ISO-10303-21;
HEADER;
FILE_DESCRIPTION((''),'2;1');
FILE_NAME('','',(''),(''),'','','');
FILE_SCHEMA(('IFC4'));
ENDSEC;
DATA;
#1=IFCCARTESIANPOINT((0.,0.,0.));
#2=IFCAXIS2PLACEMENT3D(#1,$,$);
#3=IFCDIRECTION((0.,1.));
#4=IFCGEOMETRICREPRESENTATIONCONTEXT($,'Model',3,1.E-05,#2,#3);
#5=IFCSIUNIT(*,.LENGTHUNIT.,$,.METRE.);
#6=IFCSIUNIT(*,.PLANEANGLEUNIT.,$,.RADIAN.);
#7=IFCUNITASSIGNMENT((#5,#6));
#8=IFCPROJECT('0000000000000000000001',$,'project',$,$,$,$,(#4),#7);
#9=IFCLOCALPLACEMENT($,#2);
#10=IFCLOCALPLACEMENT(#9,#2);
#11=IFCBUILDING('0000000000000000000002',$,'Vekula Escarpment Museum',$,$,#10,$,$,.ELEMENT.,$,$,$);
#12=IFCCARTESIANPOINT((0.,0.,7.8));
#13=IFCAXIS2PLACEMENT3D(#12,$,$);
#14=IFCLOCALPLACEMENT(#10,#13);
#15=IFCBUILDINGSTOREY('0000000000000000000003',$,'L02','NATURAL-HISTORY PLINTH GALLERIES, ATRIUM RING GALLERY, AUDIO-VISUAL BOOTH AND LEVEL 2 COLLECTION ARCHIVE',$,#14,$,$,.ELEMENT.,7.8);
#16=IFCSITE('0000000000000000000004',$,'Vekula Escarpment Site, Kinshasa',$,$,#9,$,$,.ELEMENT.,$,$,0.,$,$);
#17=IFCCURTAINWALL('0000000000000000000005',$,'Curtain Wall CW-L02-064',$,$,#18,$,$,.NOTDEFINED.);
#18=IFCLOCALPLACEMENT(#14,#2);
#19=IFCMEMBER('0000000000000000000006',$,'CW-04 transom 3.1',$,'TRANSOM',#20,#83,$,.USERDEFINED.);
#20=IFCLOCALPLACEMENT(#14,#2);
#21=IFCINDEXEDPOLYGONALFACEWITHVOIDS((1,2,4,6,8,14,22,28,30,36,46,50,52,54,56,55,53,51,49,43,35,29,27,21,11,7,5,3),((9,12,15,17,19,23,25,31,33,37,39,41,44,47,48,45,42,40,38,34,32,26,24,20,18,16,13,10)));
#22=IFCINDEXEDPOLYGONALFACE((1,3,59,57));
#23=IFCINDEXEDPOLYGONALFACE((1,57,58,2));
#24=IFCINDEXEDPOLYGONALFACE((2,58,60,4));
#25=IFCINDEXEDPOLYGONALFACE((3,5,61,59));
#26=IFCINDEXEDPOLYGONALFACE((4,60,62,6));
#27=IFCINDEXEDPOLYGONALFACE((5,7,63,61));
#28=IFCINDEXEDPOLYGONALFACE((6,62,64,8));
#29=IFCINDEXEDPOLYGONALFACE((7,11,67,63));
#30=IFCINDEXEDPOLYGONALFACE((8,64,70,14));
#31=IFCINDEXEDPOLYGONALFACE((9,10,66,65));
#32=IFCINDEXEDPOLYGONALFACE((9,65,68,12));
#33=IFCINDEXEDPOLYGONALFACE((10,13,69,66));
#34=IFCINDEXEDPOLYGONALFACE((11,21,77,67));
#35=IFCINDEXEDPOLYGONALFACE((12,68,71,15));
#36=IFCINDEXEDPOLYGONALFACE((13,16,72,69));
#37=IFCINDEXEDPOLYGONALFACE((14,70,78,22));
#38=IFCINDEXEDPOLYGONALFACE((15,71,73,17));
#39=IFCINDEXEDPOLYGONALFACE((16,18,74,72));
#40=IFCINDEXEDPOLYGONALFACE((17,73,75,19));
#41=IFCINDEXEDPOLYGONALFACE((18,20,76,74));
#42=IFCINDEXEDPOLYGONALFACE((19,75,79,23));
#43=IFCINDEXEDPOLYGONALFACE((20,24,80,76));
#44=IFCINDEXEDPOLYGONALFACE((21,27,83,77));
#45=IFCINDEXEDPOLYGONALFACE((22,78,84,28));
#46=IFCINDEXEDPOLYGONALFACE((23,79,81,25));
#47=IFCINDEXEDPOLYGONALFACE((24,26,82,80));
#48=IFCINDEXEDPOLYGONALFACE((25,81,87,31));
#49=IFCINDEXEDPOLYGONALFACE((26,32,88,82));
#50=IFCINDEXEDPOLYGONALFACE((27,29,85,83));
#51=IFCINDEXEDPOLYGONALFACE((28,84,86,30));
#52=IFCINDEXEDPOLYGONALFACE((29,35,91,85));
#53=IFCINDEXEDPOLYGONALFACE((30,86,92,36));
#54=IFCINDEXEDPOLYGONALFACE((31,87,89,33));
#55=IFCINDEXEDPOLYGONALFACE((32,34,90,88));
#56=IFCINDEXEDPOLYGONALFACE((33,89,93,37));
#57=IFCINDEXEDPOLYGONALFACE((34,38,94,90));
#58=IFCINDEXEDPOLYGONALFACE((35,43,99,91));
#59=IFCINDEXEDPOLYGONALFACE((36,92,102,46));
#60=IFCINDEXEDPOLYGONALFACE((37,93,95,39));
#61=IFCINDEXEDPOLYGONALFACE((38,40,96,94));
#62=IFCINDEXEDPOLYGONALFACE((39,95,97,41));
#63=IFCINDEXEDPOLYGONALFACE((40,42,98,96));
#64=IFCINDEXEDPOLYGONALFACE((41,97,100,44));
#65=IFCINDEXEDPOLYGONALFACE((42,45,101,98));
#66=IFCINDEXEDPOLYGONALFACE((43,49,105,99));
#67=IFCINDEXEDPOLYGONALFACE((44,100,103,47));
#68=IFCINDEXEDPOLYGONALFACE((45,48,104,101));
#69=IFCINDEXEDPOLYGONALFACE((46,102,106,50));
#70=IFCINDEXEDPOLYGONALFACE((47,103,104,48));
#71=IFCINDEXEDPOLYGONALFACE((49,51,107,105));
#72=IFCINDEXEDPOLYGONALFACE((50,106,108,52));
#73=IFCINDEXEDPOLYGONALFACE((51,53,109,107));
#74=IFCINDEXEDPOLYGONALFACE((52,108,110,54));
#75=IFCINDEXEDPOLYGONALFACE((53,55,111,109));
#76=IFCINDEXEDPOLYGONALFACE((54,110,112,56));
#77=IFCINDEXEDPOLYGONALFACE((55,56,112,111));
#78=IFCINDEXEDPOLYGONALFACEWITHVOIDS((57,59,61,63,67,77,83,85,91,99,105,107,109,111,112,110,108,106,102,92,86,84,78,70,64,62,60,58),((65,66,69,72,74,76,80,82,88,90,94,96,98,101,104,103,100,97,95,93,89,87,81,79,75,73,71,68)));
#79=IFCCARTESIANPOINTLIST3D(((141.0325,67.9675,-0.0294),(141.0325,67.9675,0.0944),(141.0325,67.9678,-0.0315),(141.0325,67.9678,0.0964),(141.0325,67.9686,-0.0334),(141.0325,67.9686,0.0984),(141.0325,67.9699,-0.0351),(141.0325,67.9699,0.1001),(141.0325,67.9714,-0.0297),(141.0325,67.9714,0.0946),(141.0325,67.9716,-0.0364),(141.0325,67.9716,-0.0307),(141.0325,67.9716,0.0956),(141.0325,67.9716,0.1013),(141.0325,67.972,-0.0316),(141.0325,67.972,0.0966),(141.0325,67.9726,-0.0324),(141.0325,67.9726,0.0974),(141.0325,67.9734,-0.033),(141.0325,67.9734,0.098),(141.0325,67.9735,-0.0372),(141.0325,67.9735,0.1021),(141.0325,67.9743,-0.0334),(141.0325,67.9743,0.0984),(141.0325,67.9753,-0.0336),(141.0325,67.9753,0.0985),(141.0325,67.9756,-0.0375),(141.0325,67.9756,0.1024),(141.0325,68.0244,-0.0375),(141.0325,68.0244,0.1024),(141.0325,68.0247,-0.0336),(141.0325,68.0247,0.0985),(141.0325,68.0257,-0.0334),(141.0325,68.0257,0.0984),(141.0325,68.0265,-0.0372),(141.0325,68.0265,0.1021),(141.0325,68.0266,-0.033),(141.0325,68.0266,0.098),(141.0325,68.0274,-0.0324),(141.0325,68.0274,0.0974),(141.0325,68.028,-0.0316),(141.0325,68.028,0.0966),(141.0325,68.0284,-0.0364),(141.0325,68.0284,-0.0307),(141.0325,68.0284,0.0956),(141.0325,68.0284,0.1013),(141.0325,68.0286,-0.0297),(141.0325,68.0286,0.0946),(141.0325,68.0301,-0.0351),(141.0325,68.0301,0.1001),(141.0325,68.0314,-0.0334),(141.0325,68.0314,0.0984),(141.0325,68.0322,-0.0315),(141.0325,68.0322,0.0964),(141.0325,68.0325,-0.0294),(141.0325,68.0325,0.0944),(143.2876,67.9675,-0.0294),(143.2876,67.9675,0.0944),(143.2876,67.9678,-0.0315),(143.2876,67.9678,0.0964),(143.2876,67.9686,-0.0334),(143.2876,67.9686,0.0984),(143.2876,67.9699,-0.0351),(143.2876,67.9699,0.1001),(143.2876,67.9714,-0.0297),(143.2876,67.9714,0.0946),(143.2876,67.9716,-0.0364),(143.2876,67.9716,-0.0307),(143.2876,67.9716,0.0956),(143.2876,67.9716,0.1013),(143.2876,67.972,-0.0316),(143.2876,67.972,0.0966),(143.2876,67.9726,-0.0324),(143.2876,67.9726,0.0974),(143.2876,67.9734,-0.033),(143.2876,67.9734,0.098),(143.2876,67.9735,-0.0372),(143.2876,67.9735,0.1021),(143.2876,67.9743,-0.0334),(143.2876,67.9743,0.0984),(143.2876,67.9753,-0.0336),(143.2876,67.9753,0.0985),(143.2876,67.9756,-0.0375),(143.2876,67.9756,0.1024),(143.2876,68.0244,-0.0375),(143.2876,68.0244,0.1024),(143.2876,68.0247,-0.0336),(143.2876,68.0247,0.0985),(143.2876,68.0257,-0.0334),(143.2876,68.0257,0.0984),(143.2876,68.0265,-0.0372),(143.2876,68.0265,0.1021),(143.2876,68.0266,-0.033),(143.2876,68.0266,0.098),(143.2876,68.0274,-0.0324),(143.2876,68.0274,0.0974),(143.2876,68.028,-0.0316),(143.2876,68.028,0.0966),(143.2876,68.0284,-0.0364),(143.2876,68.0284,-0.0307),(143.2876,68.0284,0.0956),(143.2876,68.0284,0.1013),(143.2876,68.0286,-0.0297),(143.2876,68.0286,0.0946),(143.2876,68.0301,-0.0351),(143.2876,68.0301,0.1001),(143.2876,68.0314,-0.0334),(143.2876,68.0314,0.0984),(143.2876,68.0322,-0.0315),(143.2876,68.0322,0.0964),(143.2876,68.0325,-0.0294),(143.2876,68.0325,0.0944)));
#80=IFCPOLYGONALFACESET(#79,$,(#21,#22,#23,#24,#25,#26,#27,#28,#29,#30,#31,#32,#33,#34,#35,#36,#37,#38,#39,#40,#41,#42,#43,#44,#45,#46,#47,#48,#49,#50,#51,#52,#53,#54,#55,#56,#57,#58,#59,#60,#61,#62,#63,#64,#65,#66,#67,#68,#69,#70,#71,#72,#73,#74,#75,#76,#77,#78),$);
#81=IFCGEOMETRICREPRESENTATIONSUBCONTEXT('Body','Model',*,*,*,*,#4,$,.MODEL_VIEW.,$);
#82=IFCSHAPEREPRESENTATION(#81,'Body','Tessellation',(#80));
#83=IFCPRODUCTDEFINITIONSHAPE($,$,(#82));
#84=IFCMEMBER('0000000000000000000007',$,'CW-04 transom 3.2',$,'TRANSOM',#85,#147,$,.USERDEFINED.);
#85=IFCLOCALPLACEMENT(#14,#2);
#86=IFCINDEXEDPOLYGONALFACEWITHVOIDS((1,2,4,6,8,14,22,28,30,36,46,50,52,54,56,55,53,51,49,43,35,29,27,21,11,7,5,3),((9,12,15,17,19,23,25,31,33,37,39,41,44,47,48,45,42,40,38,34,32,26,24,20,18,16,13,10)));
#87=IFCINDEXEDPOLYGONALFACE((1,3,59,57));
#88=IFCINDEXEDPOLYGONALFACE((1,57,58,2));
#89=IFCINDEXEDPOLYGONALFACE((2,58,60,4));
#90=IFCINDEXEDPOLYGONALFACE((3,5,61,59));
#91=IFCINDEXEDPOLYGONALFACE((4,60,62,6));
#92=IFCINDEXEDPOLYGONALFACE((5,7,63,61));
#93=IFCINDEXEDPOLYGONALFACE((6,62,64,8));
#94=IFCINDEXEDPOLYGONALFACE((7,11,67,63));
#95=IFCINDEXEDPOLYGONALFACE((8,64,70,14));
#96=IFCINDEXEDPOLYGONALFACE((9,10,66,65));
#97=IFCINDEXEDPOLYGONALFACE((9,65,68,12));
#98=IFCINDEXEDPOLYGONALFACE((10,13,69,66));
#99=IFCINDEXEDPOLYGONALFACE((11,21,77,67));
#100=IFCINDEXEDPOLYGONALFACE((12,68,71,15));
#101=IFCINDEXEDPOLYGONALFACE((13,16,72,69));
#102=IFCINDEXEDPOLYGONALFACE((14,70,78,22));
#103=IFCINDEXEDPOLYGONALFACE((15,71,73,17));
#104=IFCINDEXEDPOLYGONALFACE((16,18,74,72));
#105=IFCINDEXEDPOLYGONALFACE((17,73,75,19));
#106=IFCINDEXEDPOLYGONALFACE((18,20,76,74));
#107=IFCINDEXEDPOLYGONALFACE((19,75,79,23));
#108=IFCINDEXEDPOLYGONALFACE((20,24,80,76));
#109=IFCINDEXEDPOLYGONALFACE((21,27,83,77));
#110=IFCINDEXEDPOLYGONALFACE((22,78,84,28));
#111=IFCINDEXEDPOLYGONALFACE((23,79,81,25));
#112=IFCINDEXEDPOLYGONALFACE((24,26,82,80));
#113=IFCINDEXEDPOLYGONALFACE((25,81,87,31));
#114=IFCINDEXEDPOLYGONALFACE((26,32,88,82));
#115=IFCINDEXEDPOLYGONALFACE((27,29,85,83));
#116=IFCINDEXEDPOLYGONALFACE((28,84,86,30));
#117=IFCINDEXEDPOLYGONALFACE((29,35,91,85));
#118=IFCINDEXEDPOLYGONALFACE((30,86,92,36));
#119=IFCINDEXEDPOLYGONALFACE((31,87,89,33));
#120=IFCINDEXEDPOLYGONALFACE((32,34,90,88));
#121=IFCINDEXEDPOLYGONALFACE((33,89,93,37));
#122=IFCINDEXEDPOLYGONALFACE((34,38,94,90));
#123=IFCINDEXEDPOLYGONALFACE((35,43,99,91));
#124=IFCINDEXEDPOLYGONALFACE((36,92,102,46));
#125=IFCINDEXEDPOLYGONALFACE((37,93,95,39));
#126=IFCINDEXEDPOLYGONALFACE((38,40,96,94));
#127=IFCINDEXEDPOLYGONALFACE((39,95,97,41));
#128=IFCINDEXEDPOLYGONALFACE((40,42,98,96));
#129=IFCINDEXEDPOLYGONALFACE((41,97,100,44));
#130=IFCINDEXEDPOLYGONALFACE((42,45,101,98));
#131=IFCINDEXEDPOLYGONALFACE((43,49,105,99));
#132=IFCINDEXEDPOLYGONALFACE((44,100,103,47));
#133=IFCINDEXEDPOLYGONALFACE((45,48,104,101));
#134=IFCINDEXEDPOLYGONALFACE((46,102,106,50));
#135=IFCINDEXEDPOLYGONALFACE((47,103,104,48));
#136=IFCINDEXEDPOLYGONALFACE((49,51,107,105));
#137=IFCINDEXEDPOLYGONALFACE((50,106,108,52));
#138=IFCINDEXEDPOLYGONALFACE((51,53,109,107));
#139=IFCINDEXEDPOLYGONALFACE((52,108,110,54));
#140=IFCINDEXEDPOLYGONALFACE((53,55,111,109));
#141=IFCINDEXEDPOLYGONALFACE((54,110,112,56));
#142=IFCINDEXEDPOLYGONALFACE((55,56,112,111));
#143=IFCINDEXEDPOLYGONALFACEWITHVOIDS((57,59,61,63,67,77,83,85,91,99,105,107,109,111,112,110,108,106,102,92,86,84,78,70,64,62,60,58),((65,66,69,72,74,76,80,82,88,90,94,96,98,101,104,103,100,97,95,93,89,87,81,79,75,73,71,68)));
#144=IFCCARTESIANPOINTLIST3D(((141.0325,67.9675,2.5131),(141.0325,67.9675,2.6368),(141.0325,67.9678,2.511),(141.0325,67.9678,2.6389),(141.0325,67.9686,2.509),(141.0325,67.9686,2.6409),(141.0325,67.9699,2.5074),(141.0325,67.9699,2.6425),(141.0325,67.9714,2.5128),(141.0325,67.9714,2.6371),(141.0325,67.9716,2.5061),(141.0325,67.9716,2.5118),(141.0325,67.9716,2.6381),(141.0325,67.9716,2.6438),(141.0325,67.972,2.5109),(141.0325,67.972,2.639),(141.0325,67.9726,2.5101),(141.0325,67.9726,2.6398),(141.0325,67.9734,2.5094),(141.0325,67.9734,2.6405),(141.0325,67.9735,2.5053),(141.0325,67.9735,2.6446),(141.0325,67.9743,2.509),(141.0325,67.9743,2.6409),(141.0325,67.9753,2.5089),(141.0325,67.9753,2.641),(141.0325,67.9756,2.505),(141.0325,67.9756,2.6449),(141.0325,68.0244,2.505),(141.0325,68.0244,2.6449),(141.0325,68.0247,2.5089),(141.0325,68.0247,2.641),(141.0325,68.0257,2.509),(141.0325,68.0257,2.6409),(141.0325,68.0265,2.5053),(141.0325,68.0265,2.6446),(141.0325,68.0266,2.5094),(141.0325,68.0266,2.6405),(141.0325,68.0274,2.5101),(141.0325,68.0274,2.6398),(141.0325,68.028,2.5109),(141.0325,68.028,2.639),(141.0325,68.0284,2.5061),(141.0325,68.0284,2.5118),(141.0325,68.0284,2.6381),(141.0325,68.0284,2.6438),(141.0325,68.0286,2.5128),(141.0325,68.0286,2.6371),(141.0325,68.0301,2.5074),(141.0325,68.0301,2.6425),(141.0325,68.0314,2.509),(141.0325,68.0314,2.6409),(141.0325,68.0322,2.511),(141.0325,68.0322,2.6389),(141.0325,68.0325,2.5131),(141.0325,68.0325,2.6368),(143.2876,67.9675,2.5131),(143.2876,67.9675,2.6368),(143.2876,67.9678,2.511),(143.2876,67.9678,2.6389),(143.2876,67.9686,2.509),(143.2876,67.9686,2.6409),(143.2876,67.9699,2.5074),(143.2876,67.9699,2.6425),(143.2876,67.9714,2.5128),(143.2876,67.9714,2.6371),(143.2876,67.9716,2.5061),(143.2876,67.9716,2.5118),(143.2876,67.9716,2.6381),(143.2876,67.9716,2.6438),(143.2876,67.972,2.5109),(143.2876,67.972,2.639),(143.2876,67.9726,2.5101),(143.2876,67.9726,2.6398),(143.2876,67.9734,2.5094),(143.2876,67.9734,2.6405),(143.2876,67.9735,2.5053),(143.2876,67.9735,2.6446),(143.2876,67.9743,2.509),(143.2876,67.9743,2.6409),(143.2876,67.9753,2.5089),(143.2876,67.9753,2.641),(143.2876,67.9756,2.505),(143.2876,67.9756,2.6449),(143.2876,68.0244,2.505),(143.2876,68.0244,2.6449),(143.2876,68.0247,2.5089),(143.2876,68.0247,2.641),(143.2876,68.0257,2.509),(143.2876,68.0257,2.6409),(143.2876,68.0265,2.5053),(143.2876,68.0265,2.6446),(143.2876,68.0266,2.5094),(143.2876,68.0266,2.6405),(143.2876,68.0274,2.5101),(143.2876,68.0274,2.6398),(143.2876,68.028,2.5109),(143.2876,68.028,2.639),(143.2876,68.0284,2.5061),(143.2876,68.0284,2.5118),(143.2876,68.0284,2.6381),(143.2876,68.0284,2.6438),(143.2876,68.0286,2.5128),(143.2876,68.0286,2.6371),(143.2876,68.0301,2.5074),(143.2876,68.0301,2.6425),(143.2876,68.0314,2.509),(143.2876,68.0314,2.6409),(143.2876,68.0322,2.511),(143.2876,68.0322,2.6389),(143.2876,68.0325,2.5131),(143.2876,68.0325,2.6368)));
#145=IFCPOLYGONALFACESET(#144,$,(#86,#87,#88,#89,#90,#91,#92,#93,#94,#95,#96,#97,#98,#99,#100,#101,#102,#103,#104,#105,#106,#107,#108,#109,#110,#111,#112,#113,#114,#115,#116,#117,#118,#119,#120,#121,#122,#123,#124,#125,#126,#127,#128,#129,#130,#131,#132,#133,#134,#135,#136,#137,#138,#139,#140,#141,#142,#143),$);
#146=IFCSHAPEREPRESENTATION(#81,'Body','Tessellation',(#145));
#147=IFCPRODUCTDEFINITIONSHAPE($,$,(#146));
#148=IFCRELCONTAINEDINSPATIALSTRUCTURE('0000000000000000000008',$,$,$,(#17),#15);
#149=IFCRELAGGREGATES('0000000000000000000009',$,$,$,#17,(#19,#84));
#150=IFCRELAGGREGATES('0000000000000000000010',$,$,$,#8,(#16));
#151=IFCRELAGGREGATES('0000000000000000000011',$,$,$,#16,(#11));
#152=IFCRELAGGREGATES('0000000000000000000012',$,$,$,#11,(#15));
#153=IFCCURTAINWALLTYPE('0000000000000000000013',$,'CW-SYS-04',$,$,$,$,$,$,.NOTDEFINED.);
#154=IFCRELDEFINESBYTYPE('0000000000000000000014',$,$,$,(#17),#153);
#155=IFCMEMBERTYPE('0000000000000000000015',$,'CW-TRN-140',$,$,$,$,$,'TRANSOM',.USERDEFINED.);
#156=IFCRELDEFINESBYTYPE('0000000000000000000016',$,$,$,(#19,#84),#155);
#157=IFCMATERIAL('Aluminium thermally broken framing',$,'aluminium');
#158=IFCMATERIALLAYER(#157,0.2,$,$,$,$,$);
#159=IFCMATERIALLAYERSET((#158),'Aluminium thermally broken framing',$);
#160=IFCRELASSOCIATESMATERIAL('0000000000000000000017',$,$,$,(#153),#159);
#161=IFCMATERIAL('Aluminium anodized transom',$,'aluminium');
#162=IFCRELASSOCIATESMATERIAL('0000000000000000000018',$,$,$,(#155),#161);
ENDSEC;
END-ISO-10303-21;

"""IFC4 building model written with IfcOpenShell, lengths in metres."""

from ifc_helpers import new_model, si_unit, direction, frame, origin, origin_2d, place, context, subcontext, project, spatial, hollow_rectangle, extrude, material, layer, layer_set, material_profile, profile_set, type_object, element, aggregate, save


model = new_model("IFC4")

# Units and contexts
model_context = context("Model", 3, precision=1e-05, world=origin(), true_north=direction((0.0, 1.0)))
body_context = subcontext(model_context, "Body", "Model", "MODEL_VIEW")
ifc_project = project(units=[si_unit("LENGTHUNIT", "METRE"), si_unit("PLANEANGLEUNIT", "RADIAN")], contexts=[model_context])

# Site, building, storey
site_placement = place(None, origin())
site = spatial("IfcSite", under=ifc_project, at=site_placement, Name="Vekula Escarpment Site, Kinshasa", CompositionType="ELEMENT", RefElevation=0.0)
building_placement = place(site_placement, origin())
building = spatial("IfcBuilding", under=site, at=building_placement, Name="Vekula Escarpment Museum", CompositionType="ELEMENT")
storey_placement = place(building_placement, frame((0.0, 0.0, 7.8)))
storey = spatial("IfcBuildingStorey", under=building, at=storey_placement, Name="L02", Description="NATURAL-HISTORY PLINTH GALLERIES, ATRIUM RING GALLERY, AUDIO-VISUAL BOOTH AND LEVEL 2 COLLECTION ARCHIVE", CompositionType="ELEMENT", Elevation=7.8)

# Curtain wall, members
ifc_material_1 = material(Name="Aluminium thermally broken framing", Category="aluminium")
ifc_layer_1 = layer(ifc_material_1, 0.2)
ifc_layer_set_1 = layer_set([ifc_layer_1], Name="Aluminium thermally broken framing")
curtain_wall_type = type_object("IfcCurtainWallType", Name="CW-SYS-04", PredefinedType="NOTDEFINED", material=ifc_layer_set_1)
curtain_wall_placement = place(storey_placement, origin())
curtain_wall = element("IfcCurtainWall", 1, at=curtain_wall_placement, inside=storey, type_object=curtain_wall_type, Name="Curtain Wall CW-L02-064", PredefinedType="NOTDEFINED")
ifc_material_2 = material(Name="Aluminium anodized transom", Category="aluminium")
ifc_material_profile_1 = material_profile(ifc_material_2, hollow_rectangle(XDim=0.0649, YDim=0.1399, WallThickness=0.0039, InnerFilletRadius=0.0039, OuterFilletRadius=0.0081, at=origin_2d()), Name="ALU 140x65x4")
ifc_profile_set_1 = profile_set([ifc_material_profile_1], Name="Aluminium anodized transom")
member_type_1 = type_object("IfcMemberType", Name="CW-TRN-140", ElementType="TRANSOM", PredefinedType="USERDEFINED", material=ifc_profile_set_1)
member_1_placement = place(storey_placement, frame((141.0325, 68.0, 0.0325), z_axis=(1.0, 0.0, 0.0), x_axis=(0.0, 1.0, 0.0)))
member_1 = element("IfcMember", 2, at=member_1_placement, type_object=member_type_1, Name="CW-04 transom 3.1", ObjectType="TRANSOM", PredefinedType="USERDEFINED", context=body_context, shape_type="SweptSolid", body=[
    extrude(hollow_rectangle(XDim=0.0649, YDim=0.1399, WallThickness=0.0039, InnerFilletRadius=0.0039, OuterFilletRadius=0.0081, at=origin_2d()), origin(), (0.0, 0.0, 1.0), 2.2551),
])
member_2_placement = place(storey_placement, frame((141.0325, 68.0, 2.575), z_axis=(1.0, 0.0, 0.0), x_axis=(0.0, 1.0, 0.0)))
member_2 = element("IfcMember", 3, at=member_2_placement, type_object=member_type_1, Name="CW-04 transom 3.2", ObjectType="TRANSOM", PredefinedType="USERDEFINED", context=body_context, shape_type="SweptSolid", body=[
    extrude(hollow_rectangle(XDim=0.0649, YDim=0.1399, WallThickness=0.0039, InnerFilletRadius=0.0039, OuterFilletRadius=0.0081, at=origin_2d()), origin(), (0.0, 0.0, 1.0), 2.2551),
])
aggregate(curtain_wall, [member_1, member_2])

save(model, "model.ifc")
